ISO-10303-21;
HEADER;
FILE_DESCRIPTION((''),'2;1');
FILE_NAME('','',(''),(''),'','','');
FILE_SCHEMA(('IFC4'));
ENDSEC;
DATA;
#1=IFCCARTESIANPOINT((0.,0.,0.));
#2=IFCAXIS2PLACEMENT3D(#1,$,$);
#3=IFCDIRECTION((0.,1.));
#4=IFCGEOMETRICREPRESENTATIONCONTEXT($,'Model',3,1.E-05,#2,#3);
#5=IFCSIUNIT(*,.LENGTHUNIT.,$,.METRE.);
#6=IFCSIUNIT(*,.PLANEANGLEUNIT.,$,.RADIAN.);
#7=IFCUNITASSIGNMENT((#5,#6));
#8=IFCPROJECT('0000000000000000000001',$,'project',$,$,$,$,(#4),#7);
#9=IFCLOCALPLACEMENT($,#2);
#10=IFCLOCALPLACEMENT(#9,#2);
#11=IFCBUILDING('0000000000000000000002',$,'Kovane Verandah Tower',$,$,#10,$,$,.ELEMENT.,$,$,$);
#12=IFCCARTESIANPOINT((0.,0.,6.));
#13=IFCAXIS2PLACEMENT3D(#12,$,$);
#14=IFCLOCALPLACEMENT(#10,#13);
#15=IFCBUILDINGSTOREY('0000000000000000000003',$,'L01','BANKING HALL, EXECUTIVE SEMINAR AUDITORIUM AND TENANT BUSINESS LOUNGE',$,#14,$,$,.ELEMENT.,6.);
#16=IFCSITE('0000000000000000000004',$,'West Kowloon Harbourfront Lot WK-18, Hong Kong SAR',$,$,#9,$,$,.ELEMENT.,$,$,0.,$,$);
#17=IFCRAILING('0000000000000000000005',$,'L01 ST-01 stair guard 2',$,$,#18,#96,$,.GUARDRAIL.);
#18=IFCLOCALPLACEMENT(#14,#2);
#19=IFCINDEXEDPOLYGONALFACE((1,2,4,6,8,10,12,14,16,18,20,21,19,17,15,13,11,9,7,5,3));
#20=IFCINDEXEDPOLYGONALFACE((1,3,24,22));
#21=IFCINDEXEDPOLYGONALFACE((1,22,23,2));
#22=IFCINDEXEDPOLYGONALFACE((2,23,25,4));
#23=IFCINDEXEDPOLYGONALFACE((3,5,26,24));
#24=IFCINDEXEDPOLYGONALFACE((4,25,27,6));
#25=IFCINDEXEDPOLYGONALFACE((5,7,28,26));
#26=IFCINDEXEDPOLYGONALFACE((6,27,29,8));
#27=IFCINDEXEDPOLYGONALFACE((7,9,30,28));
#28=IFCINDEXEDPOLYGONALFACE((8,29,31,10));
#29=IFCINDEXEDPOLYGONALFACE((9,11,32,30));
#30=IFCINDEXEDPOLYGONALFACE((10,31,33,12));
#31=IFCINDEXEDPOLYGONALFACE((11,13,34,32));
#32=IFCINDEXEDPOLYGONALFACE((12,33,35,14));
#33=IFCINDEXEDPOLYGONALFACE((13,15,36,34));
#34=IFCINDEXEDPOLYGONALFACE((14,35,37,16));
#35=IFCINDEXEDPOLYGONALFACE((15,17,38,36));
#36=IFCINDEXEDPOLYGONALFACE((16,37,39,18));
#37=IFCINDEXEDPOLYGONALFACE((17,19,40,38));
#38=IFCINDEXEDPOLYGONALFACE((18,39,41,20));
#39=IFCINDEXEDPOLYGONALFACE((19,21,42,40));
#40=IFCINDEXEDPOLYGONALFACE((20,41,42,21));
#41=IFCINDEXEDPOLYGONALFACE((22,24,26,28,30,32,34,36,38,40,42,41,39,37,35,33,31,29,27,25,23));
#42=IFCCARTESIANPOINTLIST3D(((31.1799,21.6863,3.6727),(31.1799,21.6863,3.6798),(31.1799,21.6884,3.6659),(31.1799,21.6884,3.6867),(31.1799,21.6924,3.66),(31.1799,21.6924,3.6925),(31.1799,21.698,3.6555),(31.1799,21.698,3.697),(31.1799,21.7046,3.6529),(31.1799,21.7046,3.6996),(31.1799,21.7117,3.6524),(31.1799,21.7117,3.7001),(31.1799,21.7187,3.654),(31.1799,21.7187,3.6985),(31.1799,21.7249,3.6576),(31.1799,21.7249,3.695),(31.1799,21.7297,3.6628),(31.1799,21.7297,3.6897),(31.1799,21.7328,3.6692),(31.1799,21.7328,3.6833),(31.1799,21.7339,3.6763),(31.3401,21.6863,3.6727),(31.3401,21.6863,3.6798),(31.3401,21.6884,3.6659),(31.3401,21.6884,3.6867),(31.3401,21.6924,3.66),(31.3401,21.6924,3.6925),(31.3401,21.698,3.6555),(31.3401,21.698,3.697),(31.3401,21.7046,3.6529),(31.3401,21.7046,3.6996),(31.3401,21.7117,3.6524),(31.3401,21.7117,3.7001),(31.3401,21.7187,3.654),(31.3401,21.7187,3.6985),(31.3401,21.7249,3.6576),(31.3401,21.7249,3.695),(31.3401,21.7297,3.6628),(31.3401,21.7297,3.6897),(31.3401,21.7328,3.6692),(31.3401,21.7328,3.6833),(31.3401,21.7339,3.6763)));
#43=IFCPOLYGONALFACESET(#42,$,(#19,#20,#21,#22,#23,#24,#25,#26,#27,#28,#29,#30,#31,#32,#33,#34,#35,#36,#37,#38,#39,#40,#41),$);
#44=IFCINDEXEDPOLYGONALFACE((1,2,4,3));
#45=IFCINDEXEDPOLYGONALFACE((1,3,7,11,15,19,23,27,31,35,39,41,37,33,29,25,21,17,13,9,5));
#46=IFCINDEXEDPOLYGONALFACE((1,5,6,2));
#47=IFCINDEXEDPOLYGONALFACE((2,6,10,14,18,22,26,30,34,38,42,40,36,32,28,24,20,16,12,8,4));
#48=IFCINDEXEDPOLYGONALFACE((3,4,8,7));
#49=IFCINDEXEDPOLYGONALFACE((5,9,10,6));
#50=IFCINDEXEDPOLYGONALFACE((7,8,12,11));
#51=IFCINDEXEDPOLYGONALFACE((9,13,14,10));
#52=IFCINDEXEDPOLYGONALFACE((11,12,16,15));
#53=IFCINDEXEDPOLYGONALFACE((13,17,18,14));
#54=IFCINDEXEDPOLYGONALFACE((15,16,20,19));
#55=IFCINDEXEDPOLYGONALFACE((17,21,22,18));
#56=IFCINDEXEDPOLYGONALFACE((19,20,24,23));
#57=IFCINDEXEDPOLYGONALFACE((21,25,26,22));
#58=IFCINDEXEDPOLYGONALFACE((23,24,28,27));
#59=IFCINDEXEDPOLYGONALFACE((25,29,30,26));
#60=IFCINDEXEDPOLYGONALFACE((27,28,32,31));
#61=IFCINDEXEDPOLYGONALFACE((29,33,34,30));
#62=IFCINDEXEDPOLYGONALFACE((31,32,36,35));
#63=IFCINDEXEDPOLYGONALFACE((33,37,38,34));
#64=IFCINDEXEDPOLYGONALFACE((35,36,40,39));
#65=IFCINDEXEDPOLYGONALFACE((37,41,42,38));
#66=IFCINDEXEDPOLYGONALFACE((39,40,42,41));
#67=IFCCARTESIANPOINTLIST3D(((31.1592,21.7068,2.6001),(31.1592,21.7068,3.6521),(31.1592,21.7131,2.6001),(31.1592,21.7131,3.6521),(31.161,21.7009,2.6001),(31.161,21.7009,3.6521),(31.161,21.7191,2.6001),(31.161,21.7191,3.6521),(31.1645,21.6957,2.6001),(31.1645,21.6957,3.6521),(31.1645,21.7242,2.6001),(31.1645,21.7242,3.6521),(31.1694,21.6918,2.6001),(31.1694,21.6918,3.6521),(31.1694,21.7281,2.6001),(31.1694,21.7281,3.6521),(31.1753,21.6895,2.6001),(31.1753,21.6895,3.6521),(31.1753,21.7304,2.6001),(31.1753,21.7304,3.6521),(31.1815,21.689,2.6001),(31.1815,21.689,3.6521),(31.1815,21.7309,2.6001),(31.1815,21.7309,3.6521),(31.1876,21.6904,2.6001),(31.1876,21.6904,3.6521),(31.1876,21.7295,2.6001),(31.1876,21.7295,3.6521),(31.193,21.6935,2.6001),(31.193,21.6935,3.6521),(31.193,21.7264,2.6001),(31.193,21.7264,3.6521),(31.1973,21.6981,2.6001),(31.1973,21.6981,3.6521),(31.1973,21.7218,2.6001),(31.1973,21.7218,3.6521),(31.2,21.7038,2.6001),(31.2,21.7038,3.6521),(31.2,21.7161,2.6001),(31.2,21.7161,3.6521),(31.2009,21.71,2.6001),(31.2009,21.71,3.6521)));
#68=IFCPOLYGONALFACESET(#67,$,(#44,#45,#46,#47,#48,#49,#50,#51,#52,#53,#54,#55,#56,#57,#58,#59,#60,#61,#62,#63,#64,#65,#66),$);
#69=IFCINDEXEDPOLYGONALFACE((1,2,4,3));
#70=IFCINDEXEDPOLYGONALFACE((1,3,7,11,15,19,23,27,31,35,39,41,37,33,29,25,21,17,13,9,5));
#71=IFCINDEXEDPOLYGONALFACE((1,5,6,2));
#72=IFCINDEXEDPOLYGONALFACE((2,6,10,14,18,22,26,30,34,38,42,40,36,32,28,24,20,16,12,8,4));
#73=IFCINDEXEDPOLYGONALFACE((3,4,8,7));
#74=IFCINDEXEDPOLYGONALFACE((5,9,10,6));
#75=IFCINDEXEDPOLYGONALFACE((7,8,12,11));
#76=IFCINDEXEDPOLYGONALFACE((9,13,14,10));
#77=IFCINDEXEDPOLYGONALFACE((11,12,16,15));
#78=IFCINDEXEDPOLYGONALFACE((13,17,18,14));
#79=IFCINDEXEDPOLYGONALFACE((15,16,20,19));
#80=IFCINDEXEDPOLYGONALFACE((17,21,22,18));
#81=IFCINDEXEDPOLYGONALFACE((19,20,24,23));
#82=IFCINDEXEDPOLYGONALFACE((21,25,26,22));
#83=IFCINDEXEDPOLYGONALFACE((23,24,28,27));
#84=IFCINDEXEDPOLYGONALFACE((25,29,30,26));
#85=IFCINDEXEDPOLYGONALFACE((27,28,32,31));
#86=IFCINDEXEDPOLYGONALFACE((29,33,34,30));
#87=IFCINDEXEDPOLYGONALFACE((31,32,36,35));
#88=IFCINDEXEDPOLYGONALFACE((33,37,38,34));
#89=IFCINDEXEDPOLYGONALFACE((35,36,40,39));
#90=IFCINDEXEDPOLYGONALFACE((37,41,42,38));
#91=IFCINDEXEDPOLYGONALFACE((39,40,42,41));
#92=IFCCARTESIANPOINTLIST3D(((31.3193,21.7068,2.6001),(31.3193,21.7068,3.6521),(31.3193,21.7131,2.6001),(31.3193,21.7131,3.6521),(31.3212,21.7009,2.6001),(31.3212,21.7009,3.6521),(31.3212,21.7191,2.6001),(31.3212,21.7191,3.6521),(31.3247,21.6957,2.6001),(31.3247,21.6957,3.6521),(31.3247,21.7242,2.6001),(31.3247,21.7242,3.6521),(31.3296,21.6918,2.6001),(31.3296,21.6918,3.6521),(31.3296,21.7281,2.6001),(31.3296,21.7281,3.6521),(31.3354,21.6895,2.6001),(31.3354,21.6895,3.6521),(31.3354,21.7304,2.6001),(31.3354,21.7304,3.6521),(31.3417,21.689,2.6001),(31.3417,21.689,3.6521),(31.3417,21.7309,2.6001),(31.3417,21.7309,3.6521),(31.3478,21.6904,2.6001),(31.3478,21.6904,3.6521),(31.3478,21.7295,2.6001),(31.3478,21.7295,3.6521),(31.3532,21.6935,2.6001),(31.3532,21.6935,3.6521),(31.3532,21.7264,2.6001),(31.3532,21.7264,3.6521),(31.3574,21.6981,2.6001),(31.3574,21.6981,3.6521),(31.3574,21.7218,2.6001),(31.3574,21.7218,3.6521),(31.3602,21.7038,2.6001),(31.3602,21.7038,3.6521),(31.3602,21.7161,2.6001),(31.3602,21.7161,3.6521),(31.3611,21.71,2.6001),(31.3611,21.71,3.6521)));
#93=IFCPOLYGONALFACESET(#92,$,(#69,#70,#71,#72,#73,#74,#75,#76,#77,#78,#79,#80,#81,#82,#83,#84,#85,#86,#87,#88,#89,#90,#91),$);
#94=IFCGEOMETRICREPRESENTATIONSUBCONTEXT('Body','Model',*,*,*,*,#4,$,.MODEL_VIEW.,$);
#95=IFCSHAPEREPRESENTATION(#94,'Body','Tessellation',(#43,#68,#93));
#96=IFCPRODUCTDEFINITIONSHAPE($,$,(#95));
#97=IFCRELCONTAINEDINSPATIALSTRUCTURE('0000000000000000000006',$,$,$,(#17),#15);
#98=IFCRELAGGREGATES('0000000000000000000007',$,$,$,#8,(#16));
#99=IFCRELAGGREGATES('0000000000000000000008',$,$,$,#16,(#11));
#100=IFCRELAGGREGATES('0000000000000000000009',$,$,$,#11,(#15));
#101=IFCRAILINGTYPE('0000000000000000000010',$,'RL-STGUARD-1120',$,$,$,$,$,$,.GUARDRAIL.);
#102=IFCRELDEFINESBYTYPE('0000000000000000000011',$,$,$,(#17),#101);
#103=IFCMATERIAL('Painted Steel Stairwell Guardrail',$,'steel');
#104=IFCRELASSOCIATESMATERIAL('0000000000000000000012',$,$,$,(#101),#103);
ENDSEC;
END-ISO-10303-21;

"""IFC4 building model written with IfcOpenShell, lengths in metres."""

from ifc_helpers import new_model, si_unit, direction, frame, origin, origin_2d, place, context, subcontext, project, spatial, circle, extrude, material, type_object, element, save


model = new_model("IFC4")

# Units and contexts
model_context = context("Model", 3, precision=1e-05, world=origin(), true_north=direction((0.0, 1.0)))
body_context = subcontext(model_context, "Body", "Model", "MODEL_VIEW")
ifc_project = project(units=[si_unit("LENGTHUNIT", "METRE"), si_unit("PLANEANGLEUNIT", "RADIAN")], contexts=[model_context])

# Site, building, storey
site_placement = place(None, origin())
site = spatial("IfcSite", under=ifc_project, at=site_placement, Name="West Kowloon Harbourfront Lot WK-18, Hong Kong SAR", CompositionType="ELEMENT", RefElevation=0.0)
building_placement = place(site_placement, origin())
building = spatial("IfcBuilding", under=site, at=building_placement, Name="Kovane Verandah Tower", CompositionType="ELEMENT")
storey_placement = place(building_placement, frame((0.0, 0.0, 6.0)))
storey = spatial("IfcBuildingStorey", under=building, at=storey_placement, Name="L01", Description="BANKING HALL, EXECUTIVE SEMINAR AUDITORIUM AND TENANT BUSINESS LOUNGE", CompositionType="ELEMENT", Elevation=6.0)

# Railing
ifc_material_1 = material(Name="Painted Steel Stairwell Guardrail", Category="steel")
railing_type_1 = type_object("IfcRailingType", Name="RL-STGUARD-1120", PredefinedType="GUARDRAIL", material=ifc_material_1)
railing_1_placement = place(storey_placement, frame((31.1799, 21.71, 2.6001)))
element("IfcRailing", 1, at=railing_1_placement, inside=storey, type_object=railing_type_1, Name="L01 ST-01 stair guard 2", PredefinedType="GUARDRAIL", context=body_context, shape_type="SweptSolid", body=[
    extrude(circle(Radius=0.0239, at=origin_2d()), frame((0.0, 0.0, 1.0762), z_axis=(1.0, 0.0, 0.0), x_axis=(0.0, 1.0, 0.0)), (0.0, 0.0, 1.0), 0.1602),
    extrude(circle(Radius=0.021, at=origin_2d()), origin(), (0.0, 0.0, 1.0), 1.052),
    extrude(circle(Radius=0.021, at=origin_2d()), frame((0.1602, 0.0, 0.0)), (0.0, 0.0, 1.0), 1.052),
])

save(model, "model.ifc")
